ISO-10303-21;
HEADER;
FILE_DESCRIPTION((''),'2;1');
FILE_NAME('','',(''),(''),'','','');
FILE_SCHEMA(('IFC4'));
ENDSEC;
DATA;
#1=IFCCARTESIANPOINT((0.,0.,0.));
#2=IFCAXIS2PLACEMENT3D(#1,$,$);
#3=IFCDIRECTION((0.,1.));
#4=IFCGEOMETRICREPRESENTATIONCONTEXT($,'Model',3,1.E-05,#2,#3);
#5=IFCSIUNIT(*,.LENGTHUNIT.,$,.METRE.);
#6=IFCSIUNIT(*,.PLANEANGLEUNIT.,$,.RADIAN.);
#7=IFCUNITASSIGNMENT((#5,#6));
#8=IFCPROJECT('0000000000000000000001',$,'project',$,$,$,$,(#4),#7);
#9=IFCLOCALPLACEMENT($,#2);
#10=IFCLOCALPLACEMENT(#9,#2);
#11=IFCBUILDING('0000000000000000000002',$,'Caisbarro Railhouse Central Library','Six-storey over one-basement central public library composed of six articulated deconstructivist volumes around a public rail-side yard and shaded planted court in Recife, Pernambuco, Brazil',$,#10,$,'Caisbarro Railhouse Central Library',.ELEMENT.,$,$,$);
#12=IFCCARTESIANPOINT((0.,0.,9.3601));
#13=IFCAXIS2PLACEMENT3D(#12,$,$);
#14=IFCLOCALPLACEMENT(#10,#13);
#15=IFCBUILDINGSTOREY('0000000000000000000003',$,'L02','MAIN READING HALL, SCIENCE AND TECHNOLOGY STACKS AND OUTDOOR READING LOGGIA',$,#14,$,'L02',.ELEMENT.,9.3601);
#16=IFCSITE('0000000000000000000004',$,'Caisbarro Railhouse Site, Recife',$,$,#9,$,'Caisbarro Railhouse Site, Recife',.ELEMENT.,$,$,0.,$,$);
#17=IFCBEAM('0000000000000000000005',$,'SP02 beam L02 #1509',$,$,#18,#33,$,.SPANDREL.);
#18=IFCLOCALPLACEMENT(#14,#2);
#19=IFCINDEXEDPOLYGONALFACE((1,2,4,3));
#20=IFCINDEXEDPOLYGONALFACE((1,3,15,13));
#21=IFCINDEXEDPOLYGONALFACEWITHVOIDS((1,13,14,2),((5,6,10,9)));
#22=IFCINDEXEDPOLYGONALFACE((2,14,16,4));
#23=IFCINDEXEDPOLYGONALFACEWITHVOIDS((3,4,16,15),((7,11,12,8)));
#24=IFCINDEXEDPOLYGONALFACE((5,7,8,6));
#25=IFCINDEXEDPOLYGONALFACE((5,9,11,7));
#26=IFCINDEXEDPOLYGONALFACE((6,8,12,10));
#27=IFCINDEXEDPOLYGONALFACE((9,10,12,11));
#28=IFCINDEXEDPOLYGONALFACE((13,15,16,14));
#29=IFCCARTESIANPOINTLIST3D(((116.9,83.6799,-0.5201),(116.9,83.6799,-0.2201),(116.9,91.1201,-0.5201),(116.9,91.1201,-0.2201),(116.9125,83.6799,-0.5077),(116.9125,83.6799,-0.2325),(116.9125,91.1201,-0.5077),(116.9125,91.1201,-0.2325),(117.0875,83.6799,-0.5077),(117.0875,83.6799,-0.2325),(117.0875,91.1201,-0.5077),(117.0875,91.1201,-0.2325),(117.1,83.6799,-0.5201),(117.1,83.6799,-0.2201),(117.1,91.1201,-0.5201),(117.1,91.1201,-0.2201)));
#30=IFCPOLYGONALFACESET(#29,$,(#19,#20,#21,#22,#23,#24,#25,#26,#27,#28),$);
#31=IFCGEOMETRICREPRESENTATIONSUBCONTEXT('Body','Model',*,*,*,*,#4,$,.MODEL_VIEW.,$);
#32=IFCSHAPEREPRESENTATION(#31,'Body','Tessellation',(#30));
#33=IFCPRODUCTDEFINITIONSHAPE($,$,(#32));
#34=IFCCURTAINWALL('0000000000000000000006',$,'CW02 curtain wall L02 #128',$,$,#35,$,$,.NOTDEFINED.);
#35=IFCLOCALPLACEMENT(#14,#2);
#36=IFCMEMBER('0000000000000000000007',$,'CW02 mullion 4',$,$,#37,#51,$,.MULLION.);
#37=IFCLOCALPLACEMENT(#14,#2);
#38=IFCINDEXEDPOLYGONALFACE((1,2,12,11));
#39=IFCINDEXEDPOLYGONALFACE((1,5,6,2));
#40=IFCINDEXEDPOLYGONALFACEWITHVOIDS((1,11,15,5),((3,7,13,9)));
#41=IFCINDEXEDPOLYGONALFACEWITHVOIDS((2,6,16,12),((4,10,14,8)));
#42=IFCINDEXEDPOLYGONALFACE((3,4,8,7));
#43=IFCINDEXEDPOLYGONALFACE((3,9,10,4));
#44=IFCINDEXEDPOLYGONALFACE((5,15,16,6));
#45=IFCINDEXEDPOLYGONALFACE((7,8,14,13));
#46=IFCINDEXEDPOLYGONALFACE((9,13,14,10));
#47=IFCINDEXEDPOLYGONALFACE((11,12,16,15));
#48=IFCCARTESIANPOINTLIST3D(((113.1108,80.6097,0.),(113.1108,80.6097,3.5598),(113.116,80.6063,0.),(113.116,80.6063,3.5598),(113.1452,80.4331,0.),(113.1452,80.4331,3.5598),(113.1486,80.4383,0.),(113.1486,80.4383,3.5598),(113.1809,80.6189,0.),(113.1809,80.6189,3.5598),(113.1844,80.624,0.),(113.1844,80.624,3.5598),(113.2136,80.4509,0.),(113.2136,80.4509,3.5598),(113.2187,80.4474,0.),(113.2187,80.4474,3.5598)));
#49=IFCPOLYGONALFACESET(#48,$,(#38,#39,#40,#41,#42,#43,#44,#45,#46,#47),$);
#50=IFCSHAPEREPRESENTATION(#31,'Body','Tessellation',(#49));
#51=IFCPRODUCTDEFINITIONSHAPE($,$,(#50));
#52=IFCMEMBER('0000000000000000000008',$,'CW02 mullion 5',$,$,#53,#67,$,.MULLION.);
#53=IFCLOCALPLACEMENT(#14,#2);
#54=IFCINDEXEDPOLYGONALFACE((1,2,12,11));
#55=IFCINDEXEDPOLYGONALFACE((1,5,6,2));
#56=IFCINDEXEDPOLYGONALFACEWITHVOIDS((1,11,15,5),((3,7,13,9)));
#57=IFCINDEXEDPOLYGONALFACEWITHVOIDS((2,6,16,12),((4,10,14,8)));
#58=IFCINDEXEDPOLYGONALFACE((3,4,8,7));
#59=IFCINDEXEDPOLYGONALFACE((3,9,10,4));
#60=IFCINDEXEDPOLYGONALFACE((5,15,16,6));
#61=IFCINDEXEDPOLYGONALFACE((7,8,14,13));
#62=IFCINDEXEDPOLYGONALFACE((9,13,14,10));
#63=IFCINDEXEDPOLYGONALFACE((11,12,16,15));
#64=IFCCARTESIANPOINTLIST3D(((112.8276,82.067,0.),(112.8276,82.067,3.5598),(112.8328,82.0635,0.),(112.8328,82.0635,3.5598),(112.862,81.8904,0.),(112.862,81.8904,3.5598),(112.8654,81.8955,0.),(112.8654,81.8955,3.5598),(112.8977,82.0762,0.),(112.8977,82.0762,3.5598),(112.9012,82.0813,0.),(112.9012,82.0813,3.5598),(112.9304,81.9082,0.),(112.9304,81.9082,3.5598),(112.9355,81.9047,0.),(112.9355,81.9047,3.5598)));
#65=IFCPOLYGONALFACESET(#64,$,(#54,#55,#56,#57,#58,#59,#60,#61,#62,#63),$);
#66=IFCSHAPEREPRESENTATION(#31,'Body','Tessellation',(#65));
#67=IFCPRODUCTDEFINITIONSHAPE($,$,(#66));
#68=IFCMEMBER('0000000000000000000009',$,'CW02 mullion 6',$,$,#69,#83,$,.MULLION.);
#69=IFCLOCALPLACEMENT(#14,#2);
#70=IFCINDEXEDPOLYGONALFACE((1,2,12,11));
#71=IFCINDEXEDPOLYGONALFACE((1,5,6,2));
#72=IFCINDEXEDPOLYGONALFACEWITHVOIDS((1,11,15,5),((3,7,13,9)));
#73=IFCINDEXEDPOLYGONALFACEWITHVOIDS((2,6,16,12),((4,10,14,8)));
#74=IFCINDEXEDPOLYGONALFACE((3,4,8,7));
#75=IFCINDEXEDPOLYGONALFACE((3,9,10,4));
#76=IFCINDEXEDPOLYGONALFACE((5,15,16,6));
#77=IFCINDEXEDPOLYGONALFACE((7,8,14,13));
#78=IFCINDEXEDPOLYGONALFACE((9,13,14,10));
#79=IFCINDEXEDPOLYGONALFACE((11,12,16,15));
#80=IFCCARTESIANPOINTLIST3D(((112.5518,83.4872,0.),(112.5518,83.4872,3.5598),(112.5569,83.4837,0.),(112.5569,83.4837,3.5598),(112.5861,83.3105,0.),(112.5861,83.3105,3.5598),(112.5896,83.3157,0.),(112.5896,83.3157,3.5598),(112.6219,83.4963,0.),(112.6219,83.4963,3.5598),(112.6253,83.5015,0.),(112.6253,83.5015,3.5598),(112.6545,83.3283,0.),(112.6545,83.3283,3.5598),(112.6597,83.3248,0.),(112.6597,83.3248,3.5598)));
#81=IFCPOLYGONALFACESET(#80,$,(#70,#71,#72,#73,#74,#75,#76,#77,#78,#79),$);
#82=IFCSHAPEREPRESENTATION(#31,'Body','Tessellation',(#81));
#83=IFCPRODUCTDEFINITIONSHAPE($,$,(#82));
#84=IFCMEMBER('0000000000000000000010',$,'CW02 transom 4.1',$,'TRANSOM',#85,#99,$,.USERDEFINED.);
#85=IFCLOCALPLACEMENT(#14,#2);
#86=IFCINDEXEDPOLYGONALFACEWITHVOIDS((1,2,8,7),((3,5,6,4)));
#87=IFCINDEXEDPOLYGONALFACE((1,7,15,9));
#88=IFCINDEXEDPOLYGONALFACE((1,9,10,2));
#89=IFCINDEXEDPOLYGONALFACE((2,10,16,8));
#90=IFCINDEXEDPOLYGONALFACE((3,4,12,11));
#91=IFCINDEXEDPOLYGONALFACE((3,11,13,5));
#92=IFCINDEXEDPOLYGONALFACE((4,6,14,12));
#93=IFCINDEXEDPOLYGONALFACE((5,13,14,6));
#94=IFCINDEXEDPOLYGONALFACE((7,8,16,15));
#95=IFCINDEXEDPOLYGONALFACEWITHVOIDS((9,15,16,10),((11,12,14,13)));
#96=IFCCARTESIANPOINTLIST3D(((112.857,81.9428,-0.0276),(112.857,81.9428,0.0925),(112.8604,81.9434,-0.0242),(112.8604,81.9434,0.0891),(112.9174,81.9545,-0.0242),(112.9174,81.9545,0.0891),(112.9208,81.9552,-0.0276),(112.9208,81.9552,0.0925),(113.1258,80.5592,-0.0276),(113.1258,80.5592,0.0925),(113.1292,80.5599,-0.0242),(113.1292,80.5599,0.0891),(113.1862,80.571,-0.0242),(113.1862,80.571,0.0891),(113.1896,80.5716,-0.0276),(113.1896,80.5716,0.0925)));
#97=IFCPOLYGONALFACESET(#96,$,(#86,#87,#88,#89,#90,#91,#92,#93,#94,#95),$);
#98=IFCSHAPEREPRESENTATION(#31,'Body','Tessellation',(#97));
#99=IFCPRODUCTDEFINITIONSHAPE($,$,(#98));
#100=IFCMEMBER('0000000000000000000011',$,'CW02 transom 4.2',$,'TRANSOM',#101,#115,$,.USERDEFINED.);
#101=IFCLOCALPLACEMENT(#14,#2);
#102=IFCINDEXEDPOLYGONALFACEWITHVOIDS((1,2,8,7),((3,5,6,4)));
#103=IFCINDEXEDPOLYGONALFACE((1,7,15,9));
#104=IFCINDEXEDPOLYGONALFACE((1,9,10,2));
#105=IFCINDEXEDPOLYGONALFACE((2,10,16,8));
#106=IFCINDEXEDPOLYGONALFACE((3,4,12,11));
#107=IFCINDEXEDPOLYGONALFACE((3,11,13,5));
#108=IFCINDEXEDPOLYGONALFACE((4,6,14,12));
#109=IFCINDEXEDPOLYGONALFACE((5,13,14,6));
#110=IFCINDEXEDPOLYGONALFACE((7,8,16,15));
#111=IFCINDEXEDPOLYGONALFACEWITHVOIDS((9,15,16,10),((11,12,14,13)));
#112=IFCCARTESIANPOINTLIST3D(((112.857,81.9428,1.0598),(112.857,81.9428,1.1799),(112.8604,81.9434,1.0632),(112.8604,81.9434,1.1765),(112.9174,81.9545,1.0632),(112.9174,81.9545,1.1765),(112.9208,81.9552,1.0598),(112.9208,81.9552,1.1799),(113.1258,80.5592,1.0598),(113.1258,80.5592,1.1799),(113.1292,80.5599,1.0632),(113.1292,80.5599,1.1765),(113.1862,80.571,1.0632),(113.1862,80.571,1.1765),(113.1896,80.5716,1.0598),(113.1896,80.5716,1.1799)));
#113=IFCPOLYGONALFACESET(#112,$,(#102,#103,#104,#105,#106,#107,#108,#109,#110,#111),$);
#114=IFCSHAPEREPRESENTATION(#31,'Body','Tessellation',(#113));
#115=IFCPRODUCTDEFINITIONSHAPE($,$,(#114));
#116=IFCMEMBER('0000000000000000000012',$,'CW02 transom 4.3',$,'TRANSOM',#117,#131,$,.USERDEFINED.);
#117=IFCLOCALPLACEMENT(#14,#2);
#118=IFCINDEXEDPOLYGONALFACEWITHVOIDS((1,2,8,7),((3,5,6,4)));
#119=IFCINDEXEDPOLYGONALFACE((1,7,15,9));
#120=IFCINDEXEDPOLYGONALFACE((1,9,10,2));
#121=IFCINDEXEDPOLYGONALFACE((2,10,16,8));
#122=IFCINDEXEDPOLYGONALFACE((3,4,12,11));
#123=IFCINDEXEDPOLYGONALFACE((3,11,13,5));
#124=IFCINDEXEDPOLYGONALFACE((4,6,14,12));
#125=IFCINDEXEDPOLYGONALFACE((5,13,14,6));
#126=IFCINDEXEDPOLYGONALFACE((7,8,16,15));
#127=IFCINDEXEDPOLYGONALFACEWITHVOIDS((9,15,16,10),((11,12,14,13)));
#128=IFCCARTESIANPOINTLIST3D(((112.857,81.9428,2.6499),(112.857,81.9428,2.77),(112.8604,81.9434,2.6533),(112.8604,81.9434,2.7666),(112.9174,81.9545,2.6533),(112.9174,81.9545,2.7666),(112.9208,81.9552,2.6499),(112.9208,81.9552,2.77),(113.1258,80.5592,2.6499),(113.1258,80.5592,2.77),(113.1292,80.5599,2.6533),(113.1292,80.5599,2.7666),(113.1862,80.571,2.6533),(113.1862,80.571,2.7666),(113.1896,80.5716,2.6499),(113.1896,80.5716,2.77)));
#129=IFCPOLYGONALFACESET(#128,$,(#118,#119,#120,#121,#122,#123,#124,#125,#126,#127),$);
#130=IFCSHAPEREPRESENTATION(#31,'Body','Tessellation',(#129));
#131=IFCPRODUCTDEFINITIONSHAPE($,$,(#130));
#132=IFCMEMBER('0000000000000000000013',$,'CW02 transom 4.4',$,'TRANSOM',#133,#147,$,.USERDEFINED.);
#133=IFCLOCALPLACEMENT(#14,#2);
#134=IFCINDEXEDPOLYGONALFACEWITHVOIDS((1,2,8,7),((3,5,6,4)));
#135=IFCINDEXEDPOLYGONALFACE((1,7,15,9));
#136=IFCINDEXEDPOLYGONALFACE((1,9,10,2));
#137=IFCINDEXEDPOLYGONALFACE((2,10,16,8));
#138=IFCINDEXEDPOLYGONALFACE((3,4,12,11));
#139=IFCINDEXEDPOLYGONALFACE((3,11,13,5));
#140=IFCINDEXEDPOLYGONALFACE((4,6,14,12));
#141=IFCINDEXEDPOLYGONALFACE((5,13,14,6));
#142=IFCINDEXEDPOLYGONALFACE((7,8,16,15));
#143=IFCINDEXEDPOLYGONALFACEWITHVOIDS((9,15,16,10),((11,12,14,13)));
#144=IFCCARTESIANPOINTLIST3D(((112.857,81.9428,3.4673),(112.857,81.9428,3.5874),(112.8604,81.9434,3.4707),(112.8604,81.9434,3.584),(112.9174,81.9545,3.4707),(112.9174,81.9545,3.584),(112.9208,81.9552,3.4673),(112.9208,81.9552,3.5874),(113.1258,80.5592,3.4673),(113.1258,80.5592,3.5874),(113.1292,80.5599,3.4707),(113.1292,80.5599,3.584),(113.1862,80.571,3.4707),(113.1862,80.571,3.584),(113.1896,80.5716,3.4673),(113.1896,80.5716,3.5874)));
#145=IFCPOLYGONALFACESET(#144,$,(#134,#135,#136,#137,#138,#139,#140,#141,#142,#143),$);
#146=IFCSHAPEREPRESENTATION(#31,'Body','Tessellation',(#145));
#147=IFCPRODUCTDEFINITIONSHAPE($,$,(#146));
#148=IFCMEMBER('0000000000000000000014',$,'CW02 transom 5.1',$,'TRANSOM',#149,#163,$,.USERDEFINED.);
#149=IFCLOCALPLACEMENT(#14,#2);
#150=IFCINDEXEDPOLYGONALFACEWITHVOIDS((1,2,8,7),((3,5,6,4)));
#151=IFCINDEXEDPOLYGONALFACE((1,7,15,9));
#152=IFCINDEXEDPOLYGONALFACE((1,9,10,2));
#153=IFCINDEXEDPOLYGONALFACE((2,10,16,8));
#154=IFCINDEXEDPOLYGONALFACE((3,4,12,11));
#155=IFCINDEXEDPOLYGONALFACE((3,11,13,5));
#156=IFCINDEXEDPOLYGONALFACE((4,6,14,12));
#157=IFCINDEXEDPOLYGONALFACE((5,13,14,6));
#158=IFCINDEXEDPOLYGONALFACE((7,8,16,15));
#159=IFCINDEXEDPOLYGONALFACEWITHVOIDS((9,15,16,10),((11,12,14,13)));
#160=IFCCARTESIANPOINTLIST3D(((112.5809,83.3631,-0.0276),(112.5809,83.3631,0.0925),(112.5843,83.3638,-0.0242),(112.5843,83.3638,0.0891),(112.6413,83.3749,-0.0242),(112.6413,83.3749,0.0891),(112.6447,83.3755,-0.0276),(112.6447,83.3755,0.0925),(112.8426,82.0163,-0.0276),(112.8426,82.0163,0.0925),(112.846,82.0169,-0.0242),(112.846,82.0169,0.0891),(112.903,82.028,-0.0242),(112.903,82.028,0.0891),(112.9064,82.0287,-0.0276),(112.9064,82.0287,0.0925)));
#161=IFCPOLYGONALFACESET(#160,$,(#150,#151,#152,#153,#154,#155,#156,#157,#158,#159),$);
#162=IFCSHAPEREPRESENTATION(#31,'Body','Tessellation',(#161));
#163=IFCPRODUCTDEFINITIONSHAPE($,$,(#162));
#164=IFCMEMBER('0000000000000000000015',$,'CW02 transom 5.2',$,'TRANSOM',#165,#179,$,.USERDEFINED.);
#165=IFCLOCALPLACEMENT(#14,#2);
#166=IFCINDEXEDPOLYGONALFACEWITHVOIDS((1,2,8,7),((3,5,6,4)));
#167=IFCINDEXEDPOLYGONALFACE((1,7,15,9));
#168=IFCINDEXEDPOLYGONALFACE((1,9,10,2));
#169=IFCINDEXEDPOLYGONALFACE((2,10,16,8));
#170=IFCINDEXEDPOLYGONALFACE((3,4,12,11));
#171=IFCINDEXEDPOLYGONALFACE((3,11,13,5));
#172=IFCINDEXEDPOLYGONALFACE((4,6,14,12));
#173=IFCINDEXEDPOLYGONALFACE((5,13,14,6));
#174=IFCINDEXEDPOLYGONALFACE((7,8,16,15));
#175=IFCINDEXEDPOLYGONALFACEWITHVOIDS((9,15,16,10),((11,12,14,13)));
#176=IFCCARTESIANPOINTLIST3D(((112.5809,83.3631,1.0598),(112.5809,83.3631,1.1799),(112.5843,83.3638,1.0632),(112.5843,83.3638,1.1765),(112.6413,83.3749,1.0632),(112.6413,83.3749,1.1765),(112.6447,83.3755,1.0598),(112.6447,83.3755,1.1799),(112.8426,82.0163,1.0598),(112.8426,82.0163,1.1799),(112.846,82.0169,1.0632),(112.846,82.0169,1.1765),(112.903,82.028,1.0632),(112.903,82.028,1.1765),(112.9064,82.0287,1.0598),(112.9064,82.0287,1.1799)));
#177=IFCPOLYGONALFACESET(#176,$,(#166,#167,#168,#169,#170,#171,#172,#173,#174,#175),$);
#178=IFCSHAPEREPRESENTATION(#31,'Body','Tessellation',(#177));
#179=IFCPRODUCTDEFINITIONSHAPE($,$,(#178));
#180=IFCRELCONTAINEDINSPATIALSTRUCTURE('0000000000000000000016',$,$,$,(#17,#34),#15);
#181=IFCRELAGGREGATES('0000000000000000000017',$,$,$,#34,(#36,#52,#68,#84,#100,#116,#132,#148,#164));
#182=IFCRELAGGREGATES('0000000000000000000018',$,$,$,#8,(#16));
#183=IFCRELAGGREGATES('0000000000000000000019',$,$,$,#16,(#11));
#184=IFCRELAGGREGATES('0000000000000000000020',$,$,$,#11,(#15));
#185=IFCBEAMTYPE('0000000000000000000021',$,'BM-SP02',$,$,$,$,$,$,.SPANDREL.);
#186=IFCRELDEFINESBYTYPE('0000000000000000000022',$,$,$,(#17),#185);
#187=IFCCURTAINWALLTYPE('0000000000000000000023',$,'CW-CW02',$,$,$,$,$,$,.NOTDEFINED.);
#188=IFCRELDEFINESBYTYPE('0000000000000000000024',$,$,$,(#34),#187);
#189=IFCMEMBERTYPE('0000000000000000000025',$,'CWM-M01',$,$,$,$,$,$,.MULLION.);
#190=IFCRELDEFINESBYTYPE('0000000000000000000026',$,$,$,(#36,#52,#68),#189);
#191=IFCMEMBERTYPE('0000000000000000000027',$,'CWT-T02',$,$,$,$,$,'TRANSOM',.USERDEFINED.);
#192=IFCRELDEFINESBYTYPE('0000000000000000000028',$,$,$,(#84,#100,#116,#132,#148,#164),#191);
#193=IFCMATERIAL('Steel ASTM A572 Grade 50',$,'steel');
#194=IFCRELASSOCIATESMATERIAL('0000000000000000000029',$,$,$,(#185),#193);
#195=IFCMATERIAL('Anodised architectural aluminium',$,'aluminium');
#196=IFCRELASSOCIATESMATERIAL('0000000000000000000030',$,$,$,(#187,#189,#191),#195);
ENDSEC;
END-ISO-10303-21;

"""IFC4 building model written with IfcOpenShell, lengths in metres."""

from ifc_helpers import new_model, si_unit, direction, frame, origin, origin_2d, place, context, subcontext, project, spatial, hollow_rectangle, extrude, material, material_profile, profile_set, type_object, element, aggregate, save


model = new_model("IFC4")

# Units and contexts
model_context = context("Model", 3, precision=1e-05, world=origin(), true_north=direction((0.0, 1.0)))
body_context = subcontext(model_context, "Body", "Model", "MODEL_VIEW")
ifc_project = project(units=[si_unit("LENGTHUNIT", "METRE"), si_unit("PLANEANGLEUNIT", "RADIAN")], contexts=[model_context])

# Site, building, storey
site_placement = place(None, origin())
site = spatial("IfcSite", under=ifc_project, at=site_placement, Name="Caisbarro Railhouse Site, Recife", LongName="Caisbarro Railhouse Site, Recife", CompositionType="ELEMENT", RefElevation=0.0)
building_placement = place(site_placement, origin())
building = spatial("IfcBuilding", under=site, at=building_placement, Name="Caisbarro Railhouse Central Library", Description="Six-storey over one-basement central public library composed of six articulated deconstructivist volumes around a public rail-side yard and shaded planted court in Recife, Pernambuco, Brazil", LongName="Caisbarro Railhouse Central Library", CompositionType="ELEMENT")
storey_placement = place(building_placement, frame((0.0, 0.0, 9.3601)))
storey = spatial("IfcBuildingStorey", under=building, at=storey_placement, Name="L02", Description="MAIN READING HALL, SCIENCE AND TECHNOLOGY STACKS AND OUTDOOR READING LOGGIA", LongName="L02", CompositionType="ELEMENT", Elevation=9.3601)

# Shared definitions
ifc_material_1 = material(Name="Steel ASTM A572 Grade 50", Category="steel")

# Beam
ifc_material_profile_1 = material_profile(ifc_material_1, hollow_rectangle(XDim=0.2, YDim=0.3, WallThickness=0.0125, at=origin_2d()), Name="HSS300X200X12.5")
ifc_profile_set_1 = profile_set([ifc_material_profile_1], Name="Steel ASTM A572 Grade 50")
beam_type_1 = type_object("IfcBeamType", Name="BM-SP02", PredefinedType="SPANDREL", material=ifc_profile_set_1)
beam_1_placement = place(storey_placement, frame((117.0, 83.6799, -0.3701), z_axis=(0.0, 1.0, 0.0), x_axis=(-1.0, 0.0, 0.0)))
element("IfcBeam", 1, at=beam_1_placement, inside=storey, type_object=beam_type_1, Name="SP02 beam L02 #1509", PredefinedType="SPANDREL", context=body_context, shape_type="SweptSolid", body=[
    extrude(hollow_rectangle(XDim=0.2, YDim=0.3, WallThickness=0.0125, at=origin_2d()), origin(), (0.0, 0.0, 1.0), 7.4402),
])

# Curtain wall, members
ifc_material_2 = material(Name="Anodised architectural aluminium", Category="aluminium")
curtain_wall_type = type_object("IfcCurtainWallType", Name="CW-CW02", PredefinedType="NOTDEFINED", material=ifc_material_2)
curtain_wall_placement = place(storey_placement, origin())
curtain_wall = element("IfcCurtainWall", 2, at=curtain_wall_placement, inside=storey, type_object=curtain_wall_type, Name="CW02 curtain wall L02 #128", PredefinedType="NOTDEFINED")
ifc_material_profile_2 = material_profile(ifc_material_2, hollow_rectangle(XDim=0.075, YDim=0.1799, WallThickness=0.0044, at=origin_2d()), Name="ALU-MUL-75X180")
ifc_profile_set_2 = profile_set([ifc_material_profile_2], Name="Anodised architectural aluminium")
member_type_1 = type_object("IfcMemberType", Name="CWM-M01", PredefinedType="MULLION", material=ifc_profile_set_2)
member_1_placement = place(storey_placement, frame((113.1648, 80.5286, 0.0), z_axis=(0.0, 0.0, 1.0), x_axis=(-0.981633, -0.190781, 0.0)))
member_1 = element("IfcMember", 3, at=member_1_placement, type_object=member_type_1, Name="CW02 mullion 4", PredefinedType="MULLION", context=body_context, shape_type="SweptSolid", body=[
    extrude(hollow_rectangle(XDim=0.075, YDim=0.1799, WallThickness=0.0044, at=origin_2d()), origin(), (0.0, 0.0, 1.0), 3.5598),
])
member_2_placement = place(storey_placement, frame((112.8816, 81.9858, 0.0), z_axis=(0.0, 0.0, 1.0), x_axis=(-0.981633, -0.190781, 0.0)))
member_2 = element("IfcMember", 4, at=member_2_placement, type_object=member_type_1, Name="CW02 mullion 5", PredefinedType="MULLION", context=body_context, shape_type="SweptSolid", body=[
    extrude(hollow_rectangle(XDim=0.075, YDim=0.1799, WallThickness=0.0044, at=origin_2d()), origin(), (0.0, 0.0, 1.0), 3.5598),
])
member_3_placement = place(storey_placement, frame((112.6057, 83.406, 0.0), z_axis=(0.0, 0.0, 1.0), x_axis=(-0.981633, -0.190781, 0.0)))
member_3 = element("IfcMember", 5, at=member_3_placement, type_object=member_type_1, Name="CW02 mullion 6", PredefinedType="MULLION", context=body_context, shape_type="SweptSolid", body=[
    extrude(hollow_rectangle(XDim=0.075, YDim=0.1799, WallThickness=0.0044, at=origin_2d()), origin(), (0.0, 0.0, 1.0), 3.5598),
])
ifc_material_profile_3 = material_profile(ifc_material_2, hollow_rectangle(XDim=0.0649, YDim=0.1201, WallThickness=0.0034, at=origin_2d()), Name="ALU-TRN-65X120")
ifc_profile_set_3 = profile_set([ifc_material_profile_3], Name="Anodised architectural aluminium")
member_type_2 = type_object("IfcMemberType", Name="CWT-T02", ElementType="TRANSOM", PredefinedType="USERDEFINED", material=ifc_profile_set_3)
member_4_placement = place(storey_placement, frame((113.1577, 80.5654, 0.0325), z_axis=(-0.190717, 0.981645, 0.0), x_axis=(-0.981645, -0.190717, 0.0)))
member_4 = element("IfcMember", 6, at=member_4_placement, type_object=member_type_2, Name="CW02 transom 4.1", ObjectType="TRANSOM", PredefinedType="USERDEFINED", context=body_context, shape_type="SweptSolid", body=[
    extrude(hollow_rectangle(XDim=0.0649, YDim=0.1201, WallThickness=0.0034, at=origin_2d()), origin(), (0.0, 0.0, 1.0), 1.4094),
])
member_5_placement = place(storey_placement, frame((113.1577, 80.5654, 1.1199), z_axis=(-0.190717, 0.981645, 0.0), x_axis=(-0.981645, -0.190717, 0.0)))
member_5 = element("IfcMember", 7, at=member_5_placement, type_object=member_type_2, Name="CW02 transom 4.2", ObjectType="TRANSOM", PredefinedType="USERDEFINED", context=body_context, shape_type="SweptSolid", body=[
    extrude(hollow_rectangle(XDim=0.0649, YDim=0.1201, WallThickness=0.0034, at=origin_2d()), origin(), (0.0, 0.0, 1.0), 1.4094),
])
member_6_placement = place(storey_placement, frame((113.1577, 80.5654, 2.71), z_axis=(-0.190717, 0.981645, 0.0), x_axis=(-0.981645, -0.190717, 0.0)))
member_6 = element("IfcMember", 8, at=member_6_placement, type_object=member_type_2, Name="CW02 transom 4.3", ObjectType="TRANSOM", PredefinedType="USERDEFINED", context=body_context, shape_type="SweptSolid", body=[
    extrude(hollow_rectangle(XDim=0.0649, YDim=0.1201, WallThickness=0.0034, at=origin_2d()), origin(), (0.0, 0.0, 1.0), 1.4094),
])
member_7_placement = place(storey_placement, frame((113.1577, 80.5654, 3.5273), z_axis=(-0.190717, 0.981645, 0.0), x_axis=(-0.981645, -0.190717, 0.0)))
member_7 = element("IfcMember", 9, at=member_7_placement, type_object=member_type_2, Name="CW02 transom 4.4", ObjectType="TRANSOM", PredefinedType="USERDEFINED", context=body_context, shape_type="SweptSolid", body=[
    extrude(hollow_rectangle(XDim=0.0649, YDim=0.1201, WallThickness=0.0034, at=origin_2d()), origin(), (0.0, 0.0, 1.0), 1.4094),
])
member_8_placement = place(storey_placement, frame((112.8745, 82.0225, 0.0325), z_axis=(-0.190741, 0.98164, 0.0), x_axis=(-0.98164, -0.190741, 0.0)))
member_8 = element("IfcMember", 10, at=member_8_placement, type_object=member_type_2, Name="CW02 transom 5.1", ObjectType="TRANSOM", PredefinedType="USERDEFINED", context=body_context, shape_type="SweptSolid", body=[
    extrude(hollow_rectangle(XDim=0.0649, YDim=0.1201, WallThickness=0.0034, at=origin_2d()), origin(), (0.0, 0.0, 1.0), 1.3721),
])
member_9_placement = place(storey_placement, frame((112.8745, 82.0225, 1.1199), z_axis=(-0.190741, 0.98164, 0.0), x_axis=(-0.98164, -0.190741, 0.0)))
member_9 = element("IfcMember", 11, at=member_9_placement, type_object=member_type_2, Name="CW02 transom 5.2", ObjectType="TRANSOM", PredefinedType="USERDEFINED", context=body_context, shape_type="SweptSolid", body=[
    extrude(hollow_rectangle(XDim=0.0649, YDim=0.1201, WallThickness=0.0034, at=origin_2d()), origin(), (0.0, 0.0, 1.0), 1.3721),
])
aggregate(curtain_wall, [member_1, member_2, member_3, member_4, member_5, member_6, member_7, member_8, member_9])

save(model, "model.ifc")
